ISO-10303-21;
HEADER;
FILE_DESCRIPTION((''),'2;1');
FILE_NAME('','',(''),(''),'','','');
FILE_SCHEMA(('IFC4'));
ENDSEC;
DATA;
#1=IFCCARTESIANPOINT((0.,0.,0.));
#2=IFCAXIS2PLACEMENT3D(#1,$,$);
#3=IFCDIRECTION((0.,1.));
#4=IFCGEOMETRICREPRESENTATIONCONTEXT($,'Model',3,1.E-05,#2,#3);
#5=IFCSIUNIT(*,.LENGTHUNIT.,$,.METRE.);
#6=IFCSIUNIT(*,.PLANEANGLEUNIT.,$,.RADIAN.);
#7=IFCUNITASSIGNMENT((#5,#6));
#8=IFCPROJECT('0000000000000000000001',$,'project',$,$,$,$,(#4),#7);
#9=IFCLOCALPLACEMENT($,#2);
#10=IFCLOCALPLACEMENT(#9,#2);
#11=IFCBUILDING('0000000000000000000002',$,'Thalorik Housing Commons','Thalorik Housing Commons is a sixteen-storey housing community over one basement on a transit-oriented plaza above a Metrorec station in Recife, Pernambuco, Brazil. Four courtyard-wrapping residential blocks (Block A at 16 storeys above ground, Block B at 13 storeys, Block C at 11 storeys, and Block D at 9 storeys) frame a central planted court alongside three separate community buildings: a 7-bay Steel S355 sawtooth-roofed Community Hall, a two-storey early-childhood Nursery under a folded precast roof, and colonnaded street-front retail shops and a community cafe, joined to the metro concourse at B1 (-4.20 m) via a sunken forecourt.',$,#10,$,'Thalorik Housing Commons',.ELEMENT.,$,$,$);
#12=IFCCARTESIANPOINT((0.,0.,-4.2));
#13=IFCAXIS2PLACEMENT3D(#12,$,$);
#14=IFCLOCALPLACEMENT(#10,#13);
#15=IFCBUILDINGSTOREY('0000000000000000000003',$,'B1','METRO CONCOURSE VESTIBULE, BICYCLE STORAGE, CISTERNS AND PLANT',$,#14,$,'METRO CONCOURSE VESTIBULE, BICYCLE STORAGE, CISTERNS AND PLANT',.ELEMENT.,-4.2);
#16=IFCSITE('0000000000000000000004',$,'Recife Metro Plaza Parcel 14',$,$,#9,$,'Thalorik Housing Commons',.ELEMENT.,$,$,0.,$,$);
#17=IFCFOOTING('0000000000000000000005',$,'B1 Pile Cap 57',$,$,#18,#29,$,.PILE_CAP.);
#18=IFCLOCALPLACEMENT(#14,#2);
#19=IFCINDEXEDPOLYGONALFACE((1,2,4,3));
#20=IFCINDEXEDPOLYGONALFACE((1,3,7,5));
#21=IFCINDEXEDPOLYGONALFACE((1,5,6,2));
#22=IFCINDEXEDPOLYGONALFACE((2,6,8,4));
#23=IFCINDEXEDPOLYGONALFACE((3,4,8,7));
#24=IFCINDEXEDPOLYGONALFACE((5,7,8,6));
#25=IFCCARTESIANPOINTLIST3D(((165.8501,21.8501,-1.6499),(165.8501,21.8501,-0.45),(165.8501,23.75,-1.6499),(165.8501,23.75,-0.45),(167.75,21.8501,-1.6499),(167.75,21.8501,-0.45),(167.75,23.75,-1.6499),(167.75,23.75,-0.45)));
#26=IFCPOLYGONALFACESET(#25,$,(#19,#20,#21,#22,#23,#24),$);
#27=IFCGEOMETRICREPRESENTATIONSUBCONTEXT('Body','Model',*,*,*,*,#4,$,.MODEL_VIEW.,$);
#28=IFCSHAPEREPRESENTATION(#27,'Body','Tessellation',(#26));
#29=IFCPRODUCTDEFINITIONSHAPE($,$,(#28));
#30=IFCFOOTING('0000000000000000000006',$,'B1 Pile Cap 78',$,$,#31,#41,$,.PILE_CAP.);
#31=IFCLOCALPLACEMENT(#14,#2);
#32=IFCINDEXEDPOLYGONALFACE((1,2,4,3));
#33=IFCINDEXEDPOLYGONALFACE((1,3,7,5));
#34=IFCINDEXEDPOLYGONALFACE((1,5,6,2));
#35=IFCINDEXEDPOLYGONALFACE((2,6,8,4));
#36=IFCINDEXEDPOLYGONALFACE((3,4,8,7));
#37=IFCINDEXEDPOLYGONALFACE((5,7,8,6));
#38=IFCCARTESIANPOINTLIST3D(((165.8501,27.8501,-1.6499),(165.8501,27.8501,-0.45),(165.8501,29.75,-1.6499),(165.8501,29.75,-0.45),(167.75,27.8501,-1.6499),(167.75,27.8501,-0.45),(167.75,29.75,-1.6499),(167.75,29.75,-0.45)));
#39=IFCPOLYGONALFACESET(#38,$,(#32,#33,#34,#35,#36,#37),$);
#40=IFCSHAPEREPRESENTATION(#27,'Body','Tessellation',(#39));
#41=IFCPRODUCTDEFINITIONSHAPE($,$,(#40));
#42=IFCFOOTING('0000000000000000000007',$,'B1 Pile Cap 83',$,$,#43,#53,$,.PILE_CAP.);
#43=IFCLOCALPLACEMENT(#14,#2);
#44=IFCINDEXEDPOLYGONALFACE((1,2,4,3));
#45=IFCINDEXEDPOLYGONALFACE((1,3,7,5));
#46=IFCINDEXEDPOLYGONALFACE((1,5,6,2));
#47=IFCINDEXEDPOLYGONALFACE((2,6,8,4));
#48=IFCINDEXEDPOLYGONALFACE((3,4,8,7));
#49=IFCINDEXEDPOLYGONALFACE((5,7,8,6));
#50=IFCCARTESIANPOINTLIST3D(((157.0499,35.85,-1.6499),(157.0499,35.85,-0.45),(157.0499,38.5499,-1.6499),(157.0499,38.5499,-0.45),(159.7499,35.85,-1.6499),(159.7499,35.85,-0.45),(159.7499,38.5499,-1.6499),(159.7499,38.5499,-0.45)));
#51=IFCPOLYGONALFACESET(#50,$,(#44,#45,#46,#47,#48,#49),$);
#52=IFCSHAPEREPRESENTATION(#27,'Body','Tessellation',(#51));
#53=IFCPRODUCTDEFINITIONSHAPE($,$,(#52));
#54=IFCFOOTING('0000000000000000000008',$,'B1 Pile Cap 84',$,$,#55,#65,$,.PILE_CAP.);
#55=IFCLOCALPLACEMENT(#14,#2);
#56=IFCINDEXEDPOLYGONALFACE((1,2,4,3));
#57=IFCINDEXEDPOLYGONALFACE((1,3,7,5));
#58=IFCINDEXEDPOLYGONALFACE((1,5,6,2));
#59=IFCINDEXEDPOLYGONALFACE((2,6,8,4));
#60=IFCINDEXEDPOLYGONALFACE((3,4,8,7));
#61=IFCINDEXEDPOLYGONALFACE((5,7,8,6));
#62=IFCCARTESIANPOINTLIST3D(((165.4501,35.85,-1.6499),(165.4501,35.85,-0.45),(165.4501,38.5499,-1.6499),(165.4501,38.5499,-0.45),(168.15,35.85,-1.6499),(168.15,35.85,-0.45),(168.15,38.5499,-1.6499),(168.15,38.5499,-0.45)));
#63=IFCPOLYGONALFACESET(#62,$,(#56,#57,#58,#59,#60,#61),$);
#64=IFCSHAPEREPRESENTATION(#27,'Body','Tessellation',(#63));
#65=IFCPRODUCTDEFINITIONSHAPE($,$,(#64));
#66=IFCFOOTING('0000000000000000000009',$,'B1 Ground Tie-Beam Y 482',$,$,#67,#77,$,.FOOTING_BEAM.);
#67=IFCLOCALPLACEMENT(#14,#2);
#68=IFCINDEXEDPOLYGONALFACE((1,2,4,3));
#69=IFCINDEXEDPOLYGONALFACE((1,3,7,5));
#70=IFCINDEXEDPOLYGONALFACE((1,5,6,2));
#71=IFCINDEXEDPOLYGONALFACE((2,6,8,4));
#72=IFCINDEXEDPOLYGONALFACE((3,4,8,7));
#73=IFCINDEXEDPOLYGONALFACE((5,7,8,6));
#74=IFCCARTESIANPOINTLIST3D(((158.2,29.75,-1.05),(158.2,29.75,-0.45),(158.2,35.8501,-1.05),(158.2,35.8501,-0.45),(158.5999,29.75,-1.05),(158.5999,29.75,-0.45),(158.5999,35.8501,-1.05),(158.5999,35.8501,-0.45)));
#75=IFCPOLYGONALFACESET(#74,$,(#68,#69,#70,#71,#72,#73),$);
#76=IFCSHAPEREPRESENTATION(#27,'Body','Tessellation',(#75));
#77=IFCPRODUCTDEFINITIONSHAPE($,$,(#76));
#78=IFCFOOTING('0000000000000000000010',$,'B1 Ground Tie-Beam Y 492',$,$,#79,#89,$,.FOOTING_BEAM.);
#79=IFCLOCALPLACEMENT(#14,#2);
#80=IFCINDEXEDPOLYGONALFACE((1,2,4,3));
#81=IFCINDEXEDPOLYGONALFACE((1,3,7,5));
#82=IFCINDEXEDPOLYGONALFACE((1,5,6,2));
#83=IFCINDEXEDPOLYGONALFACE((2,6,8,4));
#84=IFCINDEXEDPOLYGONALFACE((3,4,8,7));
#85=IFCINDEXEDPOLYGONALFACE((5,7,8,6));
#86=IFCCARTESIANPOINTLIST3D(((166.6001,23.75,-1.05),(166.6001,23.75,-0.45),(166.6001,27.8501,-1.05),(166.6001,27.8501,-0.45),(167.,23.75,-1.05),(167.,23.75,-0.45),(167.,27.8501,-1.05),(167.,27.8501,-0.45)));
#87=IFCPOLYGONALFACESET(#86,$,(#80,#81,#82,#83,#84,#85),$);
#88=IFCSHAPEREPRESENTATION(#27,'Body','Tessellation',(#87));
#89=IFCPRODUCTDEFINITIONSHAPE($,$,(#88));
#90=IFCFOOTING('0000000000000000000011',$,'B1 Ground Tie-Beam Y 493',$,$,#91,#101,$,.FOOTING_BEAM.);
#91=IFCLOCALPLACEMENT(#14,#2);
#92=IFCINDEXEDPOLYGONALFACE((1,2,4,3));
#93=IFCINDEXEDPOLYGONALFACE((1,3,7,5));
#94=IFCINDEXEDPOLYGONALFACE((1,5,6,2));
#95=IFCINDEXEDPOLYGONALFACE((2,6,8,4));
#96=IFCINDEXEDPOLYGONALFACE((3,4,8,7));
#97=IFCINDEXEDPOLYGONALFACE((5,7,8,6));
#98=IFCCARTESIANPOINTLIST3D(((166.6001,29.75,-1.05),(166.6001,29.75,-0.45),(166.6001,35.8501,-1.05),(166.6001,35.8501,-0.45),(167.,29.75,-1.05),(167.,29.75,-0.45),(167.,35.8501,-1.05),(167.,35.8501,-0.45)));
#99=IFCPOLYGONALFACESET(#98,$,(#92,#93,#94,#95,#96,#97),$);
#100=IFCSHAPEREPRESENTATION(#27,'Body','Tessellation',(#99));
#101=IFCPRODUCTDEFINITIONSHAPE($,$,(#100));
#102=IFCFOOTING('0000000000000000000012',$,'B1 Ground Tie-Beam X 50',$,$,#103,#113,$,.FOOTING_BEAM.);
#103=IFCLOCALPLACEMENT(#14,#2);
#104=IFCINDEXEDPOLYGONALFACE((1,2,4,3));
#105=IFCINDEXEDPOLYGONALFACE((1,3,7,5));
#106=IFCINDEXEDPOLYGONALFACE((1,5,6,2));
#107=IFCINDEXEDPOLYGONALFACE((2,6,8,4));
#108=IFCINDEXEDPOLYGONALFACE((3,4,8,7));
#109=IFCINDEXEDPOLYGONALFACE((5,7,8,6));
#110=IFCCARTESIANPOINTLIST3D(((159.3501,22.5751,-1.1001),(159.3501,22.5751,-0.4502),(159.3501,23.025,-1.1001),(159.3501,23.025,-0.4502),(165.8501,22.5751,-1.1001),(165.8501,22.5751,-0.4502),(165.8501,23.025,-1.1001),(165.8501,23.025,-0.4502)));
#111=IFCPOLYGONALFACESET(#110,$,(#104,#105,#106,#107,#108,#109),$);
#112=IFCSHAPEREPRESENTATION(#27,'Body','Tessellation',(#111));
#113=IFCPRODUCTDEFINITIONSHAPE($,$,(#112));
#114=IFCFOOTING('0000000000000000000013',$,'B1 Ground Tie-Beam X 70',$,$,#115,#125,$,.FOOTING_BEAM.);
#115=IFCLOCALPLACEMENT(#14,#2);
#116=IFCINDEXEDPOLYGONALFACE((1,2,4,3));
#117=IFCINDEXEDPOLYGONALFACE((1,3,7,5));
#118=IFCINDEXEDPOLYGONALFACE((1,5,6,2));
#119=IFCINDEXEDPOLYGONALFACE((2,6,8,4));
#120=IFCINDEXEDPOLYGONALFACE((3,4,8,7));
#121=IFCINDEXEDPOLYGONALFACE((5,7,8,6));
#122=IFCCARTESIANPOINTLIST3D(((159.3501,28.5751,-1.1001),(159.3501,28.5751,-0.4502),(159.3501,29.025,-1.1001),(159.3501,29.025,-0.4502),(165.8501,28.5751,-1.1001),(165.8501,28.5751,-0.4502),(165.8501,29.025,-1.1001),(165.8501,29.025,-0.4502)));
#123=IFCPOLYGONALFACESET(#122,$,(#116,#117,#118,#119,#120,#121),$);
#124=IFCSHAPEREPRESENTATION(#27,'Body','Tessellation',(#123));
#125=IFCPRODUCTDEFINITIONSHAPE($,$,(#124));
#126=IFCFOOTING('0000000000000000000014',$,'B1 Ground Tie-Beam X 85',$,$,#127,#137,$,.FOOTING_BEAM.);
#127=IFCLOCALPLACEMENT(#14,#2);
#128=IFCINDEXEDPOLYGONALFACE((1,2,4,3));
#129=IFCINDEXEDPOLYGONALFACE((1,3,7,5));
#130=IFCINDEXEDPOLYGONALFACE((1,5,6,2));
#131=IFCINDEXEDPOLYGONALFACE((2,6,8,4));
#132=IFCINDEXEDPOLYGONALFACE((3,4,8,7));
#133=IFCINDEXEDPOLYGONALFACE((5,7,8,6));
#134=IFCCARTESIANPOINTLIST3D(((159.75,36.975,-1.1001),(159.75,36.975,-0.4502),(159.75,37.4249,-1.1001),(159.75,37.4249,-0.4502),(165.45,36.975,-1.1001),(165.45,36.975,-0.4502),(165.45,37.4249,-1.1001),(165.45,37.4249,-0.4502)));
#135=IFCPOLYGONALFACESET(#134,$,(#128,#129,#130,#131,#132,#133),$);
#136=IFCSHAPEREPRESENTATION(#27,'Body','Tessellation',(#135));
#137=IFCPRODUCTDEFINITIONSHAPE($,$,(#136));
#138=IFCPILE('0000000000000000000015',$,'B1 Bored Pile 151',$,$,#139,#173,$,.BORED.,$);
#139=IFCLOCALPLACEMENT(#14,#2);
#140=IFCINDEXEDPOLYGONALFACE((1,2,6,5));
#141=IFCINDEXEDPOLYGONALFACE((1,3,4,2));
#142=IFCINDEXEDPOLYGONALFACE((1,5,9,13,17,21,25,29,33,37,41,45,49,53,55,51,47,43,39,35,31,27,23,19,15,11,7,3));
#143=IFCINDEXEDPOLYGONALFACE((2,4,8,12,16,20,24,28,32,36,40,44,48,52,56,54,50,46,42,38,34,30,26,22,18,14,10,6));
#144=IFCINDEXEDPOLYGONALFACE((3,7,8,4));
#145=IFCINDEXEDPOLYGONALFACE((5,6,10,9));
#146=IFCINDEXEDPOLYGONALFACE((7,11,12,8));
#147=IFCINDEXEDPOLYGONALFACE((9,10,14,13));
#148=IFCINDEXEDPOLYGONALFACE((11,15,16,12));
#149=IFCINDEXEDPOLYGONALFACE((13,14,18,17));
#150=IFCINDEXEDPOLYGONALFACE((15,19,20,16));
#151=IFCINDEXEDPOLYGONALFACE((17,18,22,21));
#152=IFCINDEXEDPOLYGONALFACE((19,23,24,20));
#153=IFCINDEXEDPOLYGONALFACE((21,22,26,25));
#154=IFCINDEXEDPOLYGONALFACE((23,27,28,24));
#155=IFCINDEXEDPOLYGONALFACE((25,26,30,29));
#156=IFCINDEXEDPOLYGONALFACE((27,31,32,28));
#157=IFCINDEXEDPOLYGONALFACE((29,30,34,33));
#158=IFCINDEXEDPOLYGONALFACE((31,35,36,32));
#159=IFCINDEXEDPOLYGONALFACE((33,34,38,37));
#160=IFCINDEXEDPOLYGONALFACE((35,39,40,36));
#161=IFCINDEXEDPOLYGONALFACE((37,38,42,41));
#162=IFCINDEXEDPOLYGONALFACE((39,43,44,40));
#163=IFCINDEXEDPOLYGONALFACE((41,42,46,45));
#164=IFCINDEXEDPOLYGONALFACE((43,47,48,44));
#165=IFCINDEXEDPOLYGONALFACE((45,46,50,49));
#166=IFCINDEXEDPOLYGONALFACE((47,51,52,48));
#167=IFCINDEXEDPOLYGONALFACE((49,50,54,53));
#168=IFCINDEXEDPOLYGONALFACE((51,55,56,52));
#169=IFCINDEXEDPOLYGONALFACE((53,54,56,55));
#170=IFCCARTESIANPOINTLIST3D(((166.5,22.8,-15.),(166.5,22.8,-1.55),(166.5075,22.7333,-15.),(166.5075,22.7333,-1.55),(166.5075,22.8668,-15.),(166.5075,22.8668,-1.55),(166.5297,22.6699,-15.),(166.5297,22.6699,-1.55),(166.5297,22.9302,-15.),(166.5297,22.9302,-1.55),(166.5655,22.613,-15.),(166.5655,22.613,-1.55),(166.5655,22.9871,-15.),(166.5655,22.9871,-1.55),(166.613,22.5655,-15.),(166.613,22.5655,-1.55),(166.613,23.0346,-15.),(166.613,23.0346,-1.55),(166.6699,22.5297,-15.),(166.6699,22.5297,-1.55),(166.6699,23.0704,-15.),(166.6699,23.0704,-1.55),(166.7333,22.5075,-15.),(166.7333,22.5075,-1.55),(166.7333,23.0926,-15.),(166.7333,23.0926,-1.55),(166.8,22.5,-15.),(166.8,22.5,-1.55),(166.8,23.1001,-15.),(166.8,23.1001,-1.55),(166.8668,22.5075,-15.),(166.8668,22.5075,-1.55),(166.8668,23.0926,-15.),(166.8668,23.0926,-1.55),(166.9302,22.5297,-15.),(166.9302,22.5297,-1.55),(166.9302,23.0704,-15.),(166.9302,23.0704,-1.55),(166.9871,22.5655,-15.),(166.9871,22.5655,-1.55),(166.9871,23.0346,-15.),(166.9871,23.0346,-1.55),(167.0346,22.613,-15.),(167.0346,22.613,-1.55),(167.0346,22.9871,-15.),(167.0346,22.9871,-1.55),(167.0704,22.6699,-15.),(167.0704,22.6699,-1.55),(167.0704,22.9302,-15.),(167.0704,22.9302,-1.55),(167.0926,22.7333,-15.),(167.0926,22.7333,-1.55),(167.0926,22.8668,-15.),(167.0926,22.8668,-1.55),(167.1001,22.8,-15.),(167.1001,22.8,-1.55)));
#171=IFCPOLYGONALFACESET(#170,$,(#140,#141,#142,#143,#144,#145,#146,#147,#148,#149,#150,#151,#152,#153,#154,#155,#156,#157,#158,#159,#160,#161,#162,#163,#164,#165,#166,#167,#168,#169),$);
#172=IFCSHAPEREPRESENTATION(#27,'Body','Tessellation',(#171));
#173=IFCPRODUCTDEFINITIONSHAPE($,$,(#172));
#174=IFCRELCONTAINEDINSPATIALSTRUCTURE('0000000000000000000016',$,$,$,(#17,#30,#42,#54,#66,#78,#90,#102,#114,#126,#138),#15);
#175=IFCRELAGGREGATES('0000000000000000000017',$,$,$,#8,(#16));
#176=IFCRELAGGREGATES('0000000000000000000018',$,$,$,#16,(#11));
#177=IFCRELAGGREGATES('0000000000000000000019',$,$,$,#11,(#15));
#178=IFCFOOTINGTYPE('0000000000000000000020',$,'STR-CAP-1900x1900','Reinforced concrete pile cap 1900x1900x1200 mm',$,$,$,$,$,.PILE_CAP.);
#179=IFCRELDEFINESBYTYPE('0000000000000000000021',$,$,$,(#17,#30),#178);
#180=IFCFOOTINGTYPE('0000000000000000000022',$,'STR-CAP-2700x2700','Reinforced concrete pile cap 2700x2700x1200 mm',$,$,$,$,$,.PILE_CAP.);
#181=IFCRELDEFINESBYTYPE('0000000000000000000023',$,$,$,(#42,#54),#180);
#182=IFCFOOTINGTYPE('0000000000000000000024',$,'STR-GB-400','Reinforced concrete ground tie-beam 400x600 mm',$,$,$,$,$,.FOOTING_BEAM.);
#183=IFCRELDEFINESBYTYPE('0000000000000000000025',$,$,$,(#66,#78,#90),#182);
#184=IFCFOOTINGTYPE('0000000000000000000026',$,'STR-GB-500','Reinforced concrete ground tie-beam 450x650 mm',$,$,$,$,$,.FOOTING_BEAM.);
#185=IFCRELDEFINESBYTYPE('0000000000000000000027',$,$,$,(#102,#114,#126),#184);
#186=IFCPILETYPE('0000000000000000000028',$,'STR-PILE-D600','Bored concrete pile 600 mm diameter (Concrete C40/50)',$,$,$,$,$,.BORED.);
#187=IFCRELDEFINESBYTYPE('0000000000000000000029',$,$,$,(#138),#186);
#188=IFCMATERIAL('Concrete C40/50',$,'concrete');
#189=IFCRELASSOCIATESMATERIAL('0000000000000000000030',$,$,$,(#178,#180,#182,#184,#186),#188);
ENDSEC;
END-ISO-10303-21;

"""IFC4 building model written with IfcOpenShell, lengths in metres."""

from ifc_helpers import new_model, si_unit, direction, frame, origin, origin_2d, place, context, subcontext, project, spatial, rectangle, circle, extrude, material, material_profile, profile_set, type_object, element, save


model = new_model("IFC4")

# Units and contexts
model_context = context("Model", 3, precision=1e-05, world=origin(), true_north=direction((0.0, 1.0)))
body_context = subcontext(model_context, "Body", "Model", "MODEL_VIEW")
ifc_project = project(units=[si_unit("LENGTHUNIT", "METRE"), si_unit("PLANEANGLEUNIT", "RADIAN")], contexts=[model_context])

# Site, building, storey
site_placement = place(None, origin())
site = spatial("IfcSite", under=ifc_project, at=site_placement, Name="Recife Metro Plaza Parcel 14", LongName="Thalorik Housing Commons", CompositionType="ELEMENT", RefElevation=0.0)
building_placement = place(site_placement, origin())
building = spatial("IfcBuilding", under=site, at=building_placement, Name="Thalorik Housing Commons", Description="Thalorik Housing Commons is a sixteen-storey housing community over one basement on a transit-oriented plaza above a Metrorec station in Recife, Pernambuco, Brazil. Four courtyard-wrapping residential blocks (Block A at 16 storeys above ground, Block B at 13 storeys, Block C at 11 storeys, and Block D at 9 storeys) frame a central planted court alongside three separate community buildings: a 7-bay Steel S355 sawtooth-roofed Community Hall, a two-storey early-childhood Nursery under a folded precast roof, and colonnaded street-front retail shops and a community cafe, joined to the metro concourse at B1 (-4.20 m) via a sunken forecourt.", LongName="Thalorik Housing Commons", CompositionType="ELEMENT")
storey_placement = place(building_placement, frame((0.0, 0.0, -4.2)))
storey = spatial("IfcBuildingStorey", under=building, at=storey_placement, Name="B1", Description="METRO CONCOURSE VESTIBULE, BICYCLE STORAGE, CISTERNS AND PLANT", LongName="METRO CONCOURSE VESTIBULE, BICYCLE STORAGE, CISTERNS AND PLANT", CompositionType="ELEMENT", Elevation=-4.2)

# Footings
ifc_material_1 = material(Name="Concrete C40/50", Category="concrete")
footing_type_1 = type_object("IfcFootingType", Name="STR-CAP-1900x1900", Description="Reinforced concrete pile cap 1900x1900x1200 mm", PredefinedType="PILE_CAP", material=ifc_material_1)
for number, where, z_axis, x_axis, name in (
    (1, (166.8, 22.8, -1.6499), (0.0, 0.0, 1.0), (1.0, 0.0, 0.0), "B1 Pile Cap 57"),
    (2, (166.8, 28.8, -1.6499), (0.0, 0.0, 1.0), (1.0, 0.0, 0.0), "B1 Pile Cap 78"),
):
    element("IfcFooting", number, at=place(storey_placement, frame(where, z_axis=z_axis, x_axis=x_axis)), inside=storey, type_object=footing_type_1, Name=name, PredefinedType="PILE_CAP", context=body_context, shape_type="SweptSolid", body=[
        extrude(rectangle(XDim=1.8999, YDim=1.8999, at=origin_2d()), origin(), (0.0, 0.0, 1.0), 1.2),
    ])
footing_type_2 = type_object("IfcFootingType", Name="STR-CAP-2700x2700", Description="Reinforced concrete pile cap 2700x2700x1200 mm", PredefinedType="PILE_CAP", material=ifc_material_1)
for number, where, z_axis, x_axis, name in (
    (3, (158.3999, 37.2, -1.6499), (0.0, 0.0, 1.0), (1.0, 0.0, 0.0), "B1 Pile Cap 83"),
    (4, (166.8, 37.2, -1.6499), (0.0, 0.0, 1.0), (1.0, 0.0, 0.0), "B1 Pile Cap 84"),
):
    element("IfcFooting", number, at=place(storey_placement, frame(where, z_axis=z_axis, x_axis=x_axis)), inside=storey, type_object=footing_type_2, Name=name, PredefinedType="PILE_CAP", context=body_context, shape_type="SweptSolid", body=[
        extrude(rectangle(XDim=2.7, YDim=2.7, at=origin_2d()), origin(), (0.0, 0.0, 1.0), 1.2),
    ])
ifc_material_profile_1 = material_profile(ifc_material_1, rectangle(XDim=0.3999, YDim=0.6001, at=origin_2d()), Name="RC 400x600", Category="concrete")
ifc_profile_set_1 = profile_set([ifc_material_profile_1], Name="Concrete C40/50")
footing_type_3 = type_object("IfcFootingType", Name="STR-GB-400", Description="Reinforced concrete ground tie-beam 400x600 mm", PredefinedType="FOOTING_BEAM", material=ifc_profile_set_1)
footing_1_placement = place(storey_placement, frame((158.3999, 29.75, -0.75), z_axis=(0.0, 1.0, 0.0), x_axis=(-1.0, 0.0, 0.0)))
element("IfcFooting", 5, at=footing_1_placement, inside=storey, type_object=footing_type_3, Name="B1 Ground Tie-Beam Y 482", PredefinedType="FOOTING_BEAM", context=body_context, shape_type="SweptSolid", body=[
    extrude(rectangle(XDim=0.3999, YDim=0.6001, at=origin_2d()), origin(), (0.0, 0.0, 1.0), 6.1001),
])
footing_2_placement = place(storey_placement, frame((166.8, 23.75, -0.75), z_axis=(0.0, 1.0, 0.0), x_axis=(-1.0, 0.0, 0.0)))
element("IfcFooting", 6, at=footing_2_placement, inside=storey, type_object=footing_type_3, Name="B1 Ground Tie-Beam Y 492", PredefinedType="FOOTING_BEAM", context=body_context, shape_type="SweptSolid", body=[
    extrude(rectangle(XDim=0.3999, YDim=0.6001, at=origin_2d()), origin(), (0.0, 0.0, 1.0), 4.1001),
])
footing_3_placement = place(storey_placement, frame((166.8, 29.75, -0.75), z_axis=(0.0, 1.0, 0.0), x_axis=(-1.0, 0.0, 0.0)))
element("IfcFooting", 7, at=footing_3_placement, inside=storey, type_object=footing_type_3, Name="B1 Ground Tie-Beam Y 493", PredefinedType="FOOTING_BEAM", context=body_context, shape_type="SweptSolid", body=[
    extrude(rectangle(XDim=0.3999, YDim=0.6001, at=origin_2d()), origin(), (0.0, 0.0, 1.0), 6.1001),
])
ifc_material_profile_2 = material_profile(ifc_material_1, rectangle(XDim=0.45, YDim=0.6499, at=origin_2d()), Name="RC 450x650", Category="concrete")
ifc_profile_set_2 = profile_set([ifc_material_profile_2], Name="Concrete C40/50")
footing_type_4 = type_object("IfcFootingType", Name="STR-GB-500", Description="Reinforced concrete ground tie-beam 450x650 mm", PredefinedType="FOOTING_BEAM", material=ifc_profile_set_2)
for number, where, z_axis, x_axis, name in (
    (8, (159.3501, 22.8, -0.7751), (1.0, 0.0, 0.0), (0.0, 1.0, 0.0), "B1 Ground Tie-Beam X 50"),
    (9, (159.3501, 28.8, -0.7751), (1.0, 0.0, 0.0), (0.0, 1.0, 0.0), "B1 Ground Tie-Beam X 70"),
):
    element("IfcFooting", number, at=place(storey_placement, frame(where, z_axis=z_axis, x_axis=x_axis)), inside=storey, type_object=footing_type_4, Name=name, PredefinedType="FOOTING_BEAM", context=body_context, shape_type="SweptSolid", body=[
        extrude(rectangle(XDim=0.45, YDim=0.6499, at=origin_2d()), origin(), (0.0, 0.0, 1.0), 6.5),
    ])
footing_4_placement = place(storey_placement, frame((159.75, 37.2, -0.7751), z_axis=(1.0, 0.0, 0.0), x_axis=(0.0, 1.0, 0.0)))
element("IfcFooting", 10, at=footing_4_placement, inside=storey, type_object=footing_type_4, Name="B1 Ground Tie-Beam X 85", PredefinedType="FOOTING_BEAM", context=body_context, shape_type="SweptSolid", body=[
    extrude(rectangle(XDim=0.45, YDim=0.6499, at=origin_2d()), origin(), (0.0, 0.0, 1.0), 5.7),
])

# Pile
ifc_material_profile_3 = material_profile(ifc_material_1, circle(Radius=0.3, at=origin_2d()), Name="BORED PILE D600", Category="concrete")
ifc_profile_set_3 = profile_set([ifc_material_profile_3], Name="Concrete C40/50")
pile_type_1 = type_object("IfcPileType", Name="STR-PILE-D600", Description="Bored concrete pile 600 mm diameter (Concrete C40/50)", PredefinedType="BORED", material=ifc_profile_set_3)
for number, where, z_axis, x_axis, name in (
    (11, (166.8, 22.8, -1.55), (0.0, 0.0, -1.0), (1.0, 0.0, 0.0), "B1 Bored Pile 151"),
):
    element("IfcPile", number, at=place(storey_placement, frame(where, z_axis=z_axis, x_axis=x_axis)), inside=storey, type_object=pile_type_1, Name=name, PredefinedType="BORED", context=body_context, shape_type="SweptSolid", body=[
        extrude(circle(Radius=0.3, at=origin_2d()), origin(), (0.0, 0.0, 1.0), 13.45),
    ])

save(model, "model.ifc")
